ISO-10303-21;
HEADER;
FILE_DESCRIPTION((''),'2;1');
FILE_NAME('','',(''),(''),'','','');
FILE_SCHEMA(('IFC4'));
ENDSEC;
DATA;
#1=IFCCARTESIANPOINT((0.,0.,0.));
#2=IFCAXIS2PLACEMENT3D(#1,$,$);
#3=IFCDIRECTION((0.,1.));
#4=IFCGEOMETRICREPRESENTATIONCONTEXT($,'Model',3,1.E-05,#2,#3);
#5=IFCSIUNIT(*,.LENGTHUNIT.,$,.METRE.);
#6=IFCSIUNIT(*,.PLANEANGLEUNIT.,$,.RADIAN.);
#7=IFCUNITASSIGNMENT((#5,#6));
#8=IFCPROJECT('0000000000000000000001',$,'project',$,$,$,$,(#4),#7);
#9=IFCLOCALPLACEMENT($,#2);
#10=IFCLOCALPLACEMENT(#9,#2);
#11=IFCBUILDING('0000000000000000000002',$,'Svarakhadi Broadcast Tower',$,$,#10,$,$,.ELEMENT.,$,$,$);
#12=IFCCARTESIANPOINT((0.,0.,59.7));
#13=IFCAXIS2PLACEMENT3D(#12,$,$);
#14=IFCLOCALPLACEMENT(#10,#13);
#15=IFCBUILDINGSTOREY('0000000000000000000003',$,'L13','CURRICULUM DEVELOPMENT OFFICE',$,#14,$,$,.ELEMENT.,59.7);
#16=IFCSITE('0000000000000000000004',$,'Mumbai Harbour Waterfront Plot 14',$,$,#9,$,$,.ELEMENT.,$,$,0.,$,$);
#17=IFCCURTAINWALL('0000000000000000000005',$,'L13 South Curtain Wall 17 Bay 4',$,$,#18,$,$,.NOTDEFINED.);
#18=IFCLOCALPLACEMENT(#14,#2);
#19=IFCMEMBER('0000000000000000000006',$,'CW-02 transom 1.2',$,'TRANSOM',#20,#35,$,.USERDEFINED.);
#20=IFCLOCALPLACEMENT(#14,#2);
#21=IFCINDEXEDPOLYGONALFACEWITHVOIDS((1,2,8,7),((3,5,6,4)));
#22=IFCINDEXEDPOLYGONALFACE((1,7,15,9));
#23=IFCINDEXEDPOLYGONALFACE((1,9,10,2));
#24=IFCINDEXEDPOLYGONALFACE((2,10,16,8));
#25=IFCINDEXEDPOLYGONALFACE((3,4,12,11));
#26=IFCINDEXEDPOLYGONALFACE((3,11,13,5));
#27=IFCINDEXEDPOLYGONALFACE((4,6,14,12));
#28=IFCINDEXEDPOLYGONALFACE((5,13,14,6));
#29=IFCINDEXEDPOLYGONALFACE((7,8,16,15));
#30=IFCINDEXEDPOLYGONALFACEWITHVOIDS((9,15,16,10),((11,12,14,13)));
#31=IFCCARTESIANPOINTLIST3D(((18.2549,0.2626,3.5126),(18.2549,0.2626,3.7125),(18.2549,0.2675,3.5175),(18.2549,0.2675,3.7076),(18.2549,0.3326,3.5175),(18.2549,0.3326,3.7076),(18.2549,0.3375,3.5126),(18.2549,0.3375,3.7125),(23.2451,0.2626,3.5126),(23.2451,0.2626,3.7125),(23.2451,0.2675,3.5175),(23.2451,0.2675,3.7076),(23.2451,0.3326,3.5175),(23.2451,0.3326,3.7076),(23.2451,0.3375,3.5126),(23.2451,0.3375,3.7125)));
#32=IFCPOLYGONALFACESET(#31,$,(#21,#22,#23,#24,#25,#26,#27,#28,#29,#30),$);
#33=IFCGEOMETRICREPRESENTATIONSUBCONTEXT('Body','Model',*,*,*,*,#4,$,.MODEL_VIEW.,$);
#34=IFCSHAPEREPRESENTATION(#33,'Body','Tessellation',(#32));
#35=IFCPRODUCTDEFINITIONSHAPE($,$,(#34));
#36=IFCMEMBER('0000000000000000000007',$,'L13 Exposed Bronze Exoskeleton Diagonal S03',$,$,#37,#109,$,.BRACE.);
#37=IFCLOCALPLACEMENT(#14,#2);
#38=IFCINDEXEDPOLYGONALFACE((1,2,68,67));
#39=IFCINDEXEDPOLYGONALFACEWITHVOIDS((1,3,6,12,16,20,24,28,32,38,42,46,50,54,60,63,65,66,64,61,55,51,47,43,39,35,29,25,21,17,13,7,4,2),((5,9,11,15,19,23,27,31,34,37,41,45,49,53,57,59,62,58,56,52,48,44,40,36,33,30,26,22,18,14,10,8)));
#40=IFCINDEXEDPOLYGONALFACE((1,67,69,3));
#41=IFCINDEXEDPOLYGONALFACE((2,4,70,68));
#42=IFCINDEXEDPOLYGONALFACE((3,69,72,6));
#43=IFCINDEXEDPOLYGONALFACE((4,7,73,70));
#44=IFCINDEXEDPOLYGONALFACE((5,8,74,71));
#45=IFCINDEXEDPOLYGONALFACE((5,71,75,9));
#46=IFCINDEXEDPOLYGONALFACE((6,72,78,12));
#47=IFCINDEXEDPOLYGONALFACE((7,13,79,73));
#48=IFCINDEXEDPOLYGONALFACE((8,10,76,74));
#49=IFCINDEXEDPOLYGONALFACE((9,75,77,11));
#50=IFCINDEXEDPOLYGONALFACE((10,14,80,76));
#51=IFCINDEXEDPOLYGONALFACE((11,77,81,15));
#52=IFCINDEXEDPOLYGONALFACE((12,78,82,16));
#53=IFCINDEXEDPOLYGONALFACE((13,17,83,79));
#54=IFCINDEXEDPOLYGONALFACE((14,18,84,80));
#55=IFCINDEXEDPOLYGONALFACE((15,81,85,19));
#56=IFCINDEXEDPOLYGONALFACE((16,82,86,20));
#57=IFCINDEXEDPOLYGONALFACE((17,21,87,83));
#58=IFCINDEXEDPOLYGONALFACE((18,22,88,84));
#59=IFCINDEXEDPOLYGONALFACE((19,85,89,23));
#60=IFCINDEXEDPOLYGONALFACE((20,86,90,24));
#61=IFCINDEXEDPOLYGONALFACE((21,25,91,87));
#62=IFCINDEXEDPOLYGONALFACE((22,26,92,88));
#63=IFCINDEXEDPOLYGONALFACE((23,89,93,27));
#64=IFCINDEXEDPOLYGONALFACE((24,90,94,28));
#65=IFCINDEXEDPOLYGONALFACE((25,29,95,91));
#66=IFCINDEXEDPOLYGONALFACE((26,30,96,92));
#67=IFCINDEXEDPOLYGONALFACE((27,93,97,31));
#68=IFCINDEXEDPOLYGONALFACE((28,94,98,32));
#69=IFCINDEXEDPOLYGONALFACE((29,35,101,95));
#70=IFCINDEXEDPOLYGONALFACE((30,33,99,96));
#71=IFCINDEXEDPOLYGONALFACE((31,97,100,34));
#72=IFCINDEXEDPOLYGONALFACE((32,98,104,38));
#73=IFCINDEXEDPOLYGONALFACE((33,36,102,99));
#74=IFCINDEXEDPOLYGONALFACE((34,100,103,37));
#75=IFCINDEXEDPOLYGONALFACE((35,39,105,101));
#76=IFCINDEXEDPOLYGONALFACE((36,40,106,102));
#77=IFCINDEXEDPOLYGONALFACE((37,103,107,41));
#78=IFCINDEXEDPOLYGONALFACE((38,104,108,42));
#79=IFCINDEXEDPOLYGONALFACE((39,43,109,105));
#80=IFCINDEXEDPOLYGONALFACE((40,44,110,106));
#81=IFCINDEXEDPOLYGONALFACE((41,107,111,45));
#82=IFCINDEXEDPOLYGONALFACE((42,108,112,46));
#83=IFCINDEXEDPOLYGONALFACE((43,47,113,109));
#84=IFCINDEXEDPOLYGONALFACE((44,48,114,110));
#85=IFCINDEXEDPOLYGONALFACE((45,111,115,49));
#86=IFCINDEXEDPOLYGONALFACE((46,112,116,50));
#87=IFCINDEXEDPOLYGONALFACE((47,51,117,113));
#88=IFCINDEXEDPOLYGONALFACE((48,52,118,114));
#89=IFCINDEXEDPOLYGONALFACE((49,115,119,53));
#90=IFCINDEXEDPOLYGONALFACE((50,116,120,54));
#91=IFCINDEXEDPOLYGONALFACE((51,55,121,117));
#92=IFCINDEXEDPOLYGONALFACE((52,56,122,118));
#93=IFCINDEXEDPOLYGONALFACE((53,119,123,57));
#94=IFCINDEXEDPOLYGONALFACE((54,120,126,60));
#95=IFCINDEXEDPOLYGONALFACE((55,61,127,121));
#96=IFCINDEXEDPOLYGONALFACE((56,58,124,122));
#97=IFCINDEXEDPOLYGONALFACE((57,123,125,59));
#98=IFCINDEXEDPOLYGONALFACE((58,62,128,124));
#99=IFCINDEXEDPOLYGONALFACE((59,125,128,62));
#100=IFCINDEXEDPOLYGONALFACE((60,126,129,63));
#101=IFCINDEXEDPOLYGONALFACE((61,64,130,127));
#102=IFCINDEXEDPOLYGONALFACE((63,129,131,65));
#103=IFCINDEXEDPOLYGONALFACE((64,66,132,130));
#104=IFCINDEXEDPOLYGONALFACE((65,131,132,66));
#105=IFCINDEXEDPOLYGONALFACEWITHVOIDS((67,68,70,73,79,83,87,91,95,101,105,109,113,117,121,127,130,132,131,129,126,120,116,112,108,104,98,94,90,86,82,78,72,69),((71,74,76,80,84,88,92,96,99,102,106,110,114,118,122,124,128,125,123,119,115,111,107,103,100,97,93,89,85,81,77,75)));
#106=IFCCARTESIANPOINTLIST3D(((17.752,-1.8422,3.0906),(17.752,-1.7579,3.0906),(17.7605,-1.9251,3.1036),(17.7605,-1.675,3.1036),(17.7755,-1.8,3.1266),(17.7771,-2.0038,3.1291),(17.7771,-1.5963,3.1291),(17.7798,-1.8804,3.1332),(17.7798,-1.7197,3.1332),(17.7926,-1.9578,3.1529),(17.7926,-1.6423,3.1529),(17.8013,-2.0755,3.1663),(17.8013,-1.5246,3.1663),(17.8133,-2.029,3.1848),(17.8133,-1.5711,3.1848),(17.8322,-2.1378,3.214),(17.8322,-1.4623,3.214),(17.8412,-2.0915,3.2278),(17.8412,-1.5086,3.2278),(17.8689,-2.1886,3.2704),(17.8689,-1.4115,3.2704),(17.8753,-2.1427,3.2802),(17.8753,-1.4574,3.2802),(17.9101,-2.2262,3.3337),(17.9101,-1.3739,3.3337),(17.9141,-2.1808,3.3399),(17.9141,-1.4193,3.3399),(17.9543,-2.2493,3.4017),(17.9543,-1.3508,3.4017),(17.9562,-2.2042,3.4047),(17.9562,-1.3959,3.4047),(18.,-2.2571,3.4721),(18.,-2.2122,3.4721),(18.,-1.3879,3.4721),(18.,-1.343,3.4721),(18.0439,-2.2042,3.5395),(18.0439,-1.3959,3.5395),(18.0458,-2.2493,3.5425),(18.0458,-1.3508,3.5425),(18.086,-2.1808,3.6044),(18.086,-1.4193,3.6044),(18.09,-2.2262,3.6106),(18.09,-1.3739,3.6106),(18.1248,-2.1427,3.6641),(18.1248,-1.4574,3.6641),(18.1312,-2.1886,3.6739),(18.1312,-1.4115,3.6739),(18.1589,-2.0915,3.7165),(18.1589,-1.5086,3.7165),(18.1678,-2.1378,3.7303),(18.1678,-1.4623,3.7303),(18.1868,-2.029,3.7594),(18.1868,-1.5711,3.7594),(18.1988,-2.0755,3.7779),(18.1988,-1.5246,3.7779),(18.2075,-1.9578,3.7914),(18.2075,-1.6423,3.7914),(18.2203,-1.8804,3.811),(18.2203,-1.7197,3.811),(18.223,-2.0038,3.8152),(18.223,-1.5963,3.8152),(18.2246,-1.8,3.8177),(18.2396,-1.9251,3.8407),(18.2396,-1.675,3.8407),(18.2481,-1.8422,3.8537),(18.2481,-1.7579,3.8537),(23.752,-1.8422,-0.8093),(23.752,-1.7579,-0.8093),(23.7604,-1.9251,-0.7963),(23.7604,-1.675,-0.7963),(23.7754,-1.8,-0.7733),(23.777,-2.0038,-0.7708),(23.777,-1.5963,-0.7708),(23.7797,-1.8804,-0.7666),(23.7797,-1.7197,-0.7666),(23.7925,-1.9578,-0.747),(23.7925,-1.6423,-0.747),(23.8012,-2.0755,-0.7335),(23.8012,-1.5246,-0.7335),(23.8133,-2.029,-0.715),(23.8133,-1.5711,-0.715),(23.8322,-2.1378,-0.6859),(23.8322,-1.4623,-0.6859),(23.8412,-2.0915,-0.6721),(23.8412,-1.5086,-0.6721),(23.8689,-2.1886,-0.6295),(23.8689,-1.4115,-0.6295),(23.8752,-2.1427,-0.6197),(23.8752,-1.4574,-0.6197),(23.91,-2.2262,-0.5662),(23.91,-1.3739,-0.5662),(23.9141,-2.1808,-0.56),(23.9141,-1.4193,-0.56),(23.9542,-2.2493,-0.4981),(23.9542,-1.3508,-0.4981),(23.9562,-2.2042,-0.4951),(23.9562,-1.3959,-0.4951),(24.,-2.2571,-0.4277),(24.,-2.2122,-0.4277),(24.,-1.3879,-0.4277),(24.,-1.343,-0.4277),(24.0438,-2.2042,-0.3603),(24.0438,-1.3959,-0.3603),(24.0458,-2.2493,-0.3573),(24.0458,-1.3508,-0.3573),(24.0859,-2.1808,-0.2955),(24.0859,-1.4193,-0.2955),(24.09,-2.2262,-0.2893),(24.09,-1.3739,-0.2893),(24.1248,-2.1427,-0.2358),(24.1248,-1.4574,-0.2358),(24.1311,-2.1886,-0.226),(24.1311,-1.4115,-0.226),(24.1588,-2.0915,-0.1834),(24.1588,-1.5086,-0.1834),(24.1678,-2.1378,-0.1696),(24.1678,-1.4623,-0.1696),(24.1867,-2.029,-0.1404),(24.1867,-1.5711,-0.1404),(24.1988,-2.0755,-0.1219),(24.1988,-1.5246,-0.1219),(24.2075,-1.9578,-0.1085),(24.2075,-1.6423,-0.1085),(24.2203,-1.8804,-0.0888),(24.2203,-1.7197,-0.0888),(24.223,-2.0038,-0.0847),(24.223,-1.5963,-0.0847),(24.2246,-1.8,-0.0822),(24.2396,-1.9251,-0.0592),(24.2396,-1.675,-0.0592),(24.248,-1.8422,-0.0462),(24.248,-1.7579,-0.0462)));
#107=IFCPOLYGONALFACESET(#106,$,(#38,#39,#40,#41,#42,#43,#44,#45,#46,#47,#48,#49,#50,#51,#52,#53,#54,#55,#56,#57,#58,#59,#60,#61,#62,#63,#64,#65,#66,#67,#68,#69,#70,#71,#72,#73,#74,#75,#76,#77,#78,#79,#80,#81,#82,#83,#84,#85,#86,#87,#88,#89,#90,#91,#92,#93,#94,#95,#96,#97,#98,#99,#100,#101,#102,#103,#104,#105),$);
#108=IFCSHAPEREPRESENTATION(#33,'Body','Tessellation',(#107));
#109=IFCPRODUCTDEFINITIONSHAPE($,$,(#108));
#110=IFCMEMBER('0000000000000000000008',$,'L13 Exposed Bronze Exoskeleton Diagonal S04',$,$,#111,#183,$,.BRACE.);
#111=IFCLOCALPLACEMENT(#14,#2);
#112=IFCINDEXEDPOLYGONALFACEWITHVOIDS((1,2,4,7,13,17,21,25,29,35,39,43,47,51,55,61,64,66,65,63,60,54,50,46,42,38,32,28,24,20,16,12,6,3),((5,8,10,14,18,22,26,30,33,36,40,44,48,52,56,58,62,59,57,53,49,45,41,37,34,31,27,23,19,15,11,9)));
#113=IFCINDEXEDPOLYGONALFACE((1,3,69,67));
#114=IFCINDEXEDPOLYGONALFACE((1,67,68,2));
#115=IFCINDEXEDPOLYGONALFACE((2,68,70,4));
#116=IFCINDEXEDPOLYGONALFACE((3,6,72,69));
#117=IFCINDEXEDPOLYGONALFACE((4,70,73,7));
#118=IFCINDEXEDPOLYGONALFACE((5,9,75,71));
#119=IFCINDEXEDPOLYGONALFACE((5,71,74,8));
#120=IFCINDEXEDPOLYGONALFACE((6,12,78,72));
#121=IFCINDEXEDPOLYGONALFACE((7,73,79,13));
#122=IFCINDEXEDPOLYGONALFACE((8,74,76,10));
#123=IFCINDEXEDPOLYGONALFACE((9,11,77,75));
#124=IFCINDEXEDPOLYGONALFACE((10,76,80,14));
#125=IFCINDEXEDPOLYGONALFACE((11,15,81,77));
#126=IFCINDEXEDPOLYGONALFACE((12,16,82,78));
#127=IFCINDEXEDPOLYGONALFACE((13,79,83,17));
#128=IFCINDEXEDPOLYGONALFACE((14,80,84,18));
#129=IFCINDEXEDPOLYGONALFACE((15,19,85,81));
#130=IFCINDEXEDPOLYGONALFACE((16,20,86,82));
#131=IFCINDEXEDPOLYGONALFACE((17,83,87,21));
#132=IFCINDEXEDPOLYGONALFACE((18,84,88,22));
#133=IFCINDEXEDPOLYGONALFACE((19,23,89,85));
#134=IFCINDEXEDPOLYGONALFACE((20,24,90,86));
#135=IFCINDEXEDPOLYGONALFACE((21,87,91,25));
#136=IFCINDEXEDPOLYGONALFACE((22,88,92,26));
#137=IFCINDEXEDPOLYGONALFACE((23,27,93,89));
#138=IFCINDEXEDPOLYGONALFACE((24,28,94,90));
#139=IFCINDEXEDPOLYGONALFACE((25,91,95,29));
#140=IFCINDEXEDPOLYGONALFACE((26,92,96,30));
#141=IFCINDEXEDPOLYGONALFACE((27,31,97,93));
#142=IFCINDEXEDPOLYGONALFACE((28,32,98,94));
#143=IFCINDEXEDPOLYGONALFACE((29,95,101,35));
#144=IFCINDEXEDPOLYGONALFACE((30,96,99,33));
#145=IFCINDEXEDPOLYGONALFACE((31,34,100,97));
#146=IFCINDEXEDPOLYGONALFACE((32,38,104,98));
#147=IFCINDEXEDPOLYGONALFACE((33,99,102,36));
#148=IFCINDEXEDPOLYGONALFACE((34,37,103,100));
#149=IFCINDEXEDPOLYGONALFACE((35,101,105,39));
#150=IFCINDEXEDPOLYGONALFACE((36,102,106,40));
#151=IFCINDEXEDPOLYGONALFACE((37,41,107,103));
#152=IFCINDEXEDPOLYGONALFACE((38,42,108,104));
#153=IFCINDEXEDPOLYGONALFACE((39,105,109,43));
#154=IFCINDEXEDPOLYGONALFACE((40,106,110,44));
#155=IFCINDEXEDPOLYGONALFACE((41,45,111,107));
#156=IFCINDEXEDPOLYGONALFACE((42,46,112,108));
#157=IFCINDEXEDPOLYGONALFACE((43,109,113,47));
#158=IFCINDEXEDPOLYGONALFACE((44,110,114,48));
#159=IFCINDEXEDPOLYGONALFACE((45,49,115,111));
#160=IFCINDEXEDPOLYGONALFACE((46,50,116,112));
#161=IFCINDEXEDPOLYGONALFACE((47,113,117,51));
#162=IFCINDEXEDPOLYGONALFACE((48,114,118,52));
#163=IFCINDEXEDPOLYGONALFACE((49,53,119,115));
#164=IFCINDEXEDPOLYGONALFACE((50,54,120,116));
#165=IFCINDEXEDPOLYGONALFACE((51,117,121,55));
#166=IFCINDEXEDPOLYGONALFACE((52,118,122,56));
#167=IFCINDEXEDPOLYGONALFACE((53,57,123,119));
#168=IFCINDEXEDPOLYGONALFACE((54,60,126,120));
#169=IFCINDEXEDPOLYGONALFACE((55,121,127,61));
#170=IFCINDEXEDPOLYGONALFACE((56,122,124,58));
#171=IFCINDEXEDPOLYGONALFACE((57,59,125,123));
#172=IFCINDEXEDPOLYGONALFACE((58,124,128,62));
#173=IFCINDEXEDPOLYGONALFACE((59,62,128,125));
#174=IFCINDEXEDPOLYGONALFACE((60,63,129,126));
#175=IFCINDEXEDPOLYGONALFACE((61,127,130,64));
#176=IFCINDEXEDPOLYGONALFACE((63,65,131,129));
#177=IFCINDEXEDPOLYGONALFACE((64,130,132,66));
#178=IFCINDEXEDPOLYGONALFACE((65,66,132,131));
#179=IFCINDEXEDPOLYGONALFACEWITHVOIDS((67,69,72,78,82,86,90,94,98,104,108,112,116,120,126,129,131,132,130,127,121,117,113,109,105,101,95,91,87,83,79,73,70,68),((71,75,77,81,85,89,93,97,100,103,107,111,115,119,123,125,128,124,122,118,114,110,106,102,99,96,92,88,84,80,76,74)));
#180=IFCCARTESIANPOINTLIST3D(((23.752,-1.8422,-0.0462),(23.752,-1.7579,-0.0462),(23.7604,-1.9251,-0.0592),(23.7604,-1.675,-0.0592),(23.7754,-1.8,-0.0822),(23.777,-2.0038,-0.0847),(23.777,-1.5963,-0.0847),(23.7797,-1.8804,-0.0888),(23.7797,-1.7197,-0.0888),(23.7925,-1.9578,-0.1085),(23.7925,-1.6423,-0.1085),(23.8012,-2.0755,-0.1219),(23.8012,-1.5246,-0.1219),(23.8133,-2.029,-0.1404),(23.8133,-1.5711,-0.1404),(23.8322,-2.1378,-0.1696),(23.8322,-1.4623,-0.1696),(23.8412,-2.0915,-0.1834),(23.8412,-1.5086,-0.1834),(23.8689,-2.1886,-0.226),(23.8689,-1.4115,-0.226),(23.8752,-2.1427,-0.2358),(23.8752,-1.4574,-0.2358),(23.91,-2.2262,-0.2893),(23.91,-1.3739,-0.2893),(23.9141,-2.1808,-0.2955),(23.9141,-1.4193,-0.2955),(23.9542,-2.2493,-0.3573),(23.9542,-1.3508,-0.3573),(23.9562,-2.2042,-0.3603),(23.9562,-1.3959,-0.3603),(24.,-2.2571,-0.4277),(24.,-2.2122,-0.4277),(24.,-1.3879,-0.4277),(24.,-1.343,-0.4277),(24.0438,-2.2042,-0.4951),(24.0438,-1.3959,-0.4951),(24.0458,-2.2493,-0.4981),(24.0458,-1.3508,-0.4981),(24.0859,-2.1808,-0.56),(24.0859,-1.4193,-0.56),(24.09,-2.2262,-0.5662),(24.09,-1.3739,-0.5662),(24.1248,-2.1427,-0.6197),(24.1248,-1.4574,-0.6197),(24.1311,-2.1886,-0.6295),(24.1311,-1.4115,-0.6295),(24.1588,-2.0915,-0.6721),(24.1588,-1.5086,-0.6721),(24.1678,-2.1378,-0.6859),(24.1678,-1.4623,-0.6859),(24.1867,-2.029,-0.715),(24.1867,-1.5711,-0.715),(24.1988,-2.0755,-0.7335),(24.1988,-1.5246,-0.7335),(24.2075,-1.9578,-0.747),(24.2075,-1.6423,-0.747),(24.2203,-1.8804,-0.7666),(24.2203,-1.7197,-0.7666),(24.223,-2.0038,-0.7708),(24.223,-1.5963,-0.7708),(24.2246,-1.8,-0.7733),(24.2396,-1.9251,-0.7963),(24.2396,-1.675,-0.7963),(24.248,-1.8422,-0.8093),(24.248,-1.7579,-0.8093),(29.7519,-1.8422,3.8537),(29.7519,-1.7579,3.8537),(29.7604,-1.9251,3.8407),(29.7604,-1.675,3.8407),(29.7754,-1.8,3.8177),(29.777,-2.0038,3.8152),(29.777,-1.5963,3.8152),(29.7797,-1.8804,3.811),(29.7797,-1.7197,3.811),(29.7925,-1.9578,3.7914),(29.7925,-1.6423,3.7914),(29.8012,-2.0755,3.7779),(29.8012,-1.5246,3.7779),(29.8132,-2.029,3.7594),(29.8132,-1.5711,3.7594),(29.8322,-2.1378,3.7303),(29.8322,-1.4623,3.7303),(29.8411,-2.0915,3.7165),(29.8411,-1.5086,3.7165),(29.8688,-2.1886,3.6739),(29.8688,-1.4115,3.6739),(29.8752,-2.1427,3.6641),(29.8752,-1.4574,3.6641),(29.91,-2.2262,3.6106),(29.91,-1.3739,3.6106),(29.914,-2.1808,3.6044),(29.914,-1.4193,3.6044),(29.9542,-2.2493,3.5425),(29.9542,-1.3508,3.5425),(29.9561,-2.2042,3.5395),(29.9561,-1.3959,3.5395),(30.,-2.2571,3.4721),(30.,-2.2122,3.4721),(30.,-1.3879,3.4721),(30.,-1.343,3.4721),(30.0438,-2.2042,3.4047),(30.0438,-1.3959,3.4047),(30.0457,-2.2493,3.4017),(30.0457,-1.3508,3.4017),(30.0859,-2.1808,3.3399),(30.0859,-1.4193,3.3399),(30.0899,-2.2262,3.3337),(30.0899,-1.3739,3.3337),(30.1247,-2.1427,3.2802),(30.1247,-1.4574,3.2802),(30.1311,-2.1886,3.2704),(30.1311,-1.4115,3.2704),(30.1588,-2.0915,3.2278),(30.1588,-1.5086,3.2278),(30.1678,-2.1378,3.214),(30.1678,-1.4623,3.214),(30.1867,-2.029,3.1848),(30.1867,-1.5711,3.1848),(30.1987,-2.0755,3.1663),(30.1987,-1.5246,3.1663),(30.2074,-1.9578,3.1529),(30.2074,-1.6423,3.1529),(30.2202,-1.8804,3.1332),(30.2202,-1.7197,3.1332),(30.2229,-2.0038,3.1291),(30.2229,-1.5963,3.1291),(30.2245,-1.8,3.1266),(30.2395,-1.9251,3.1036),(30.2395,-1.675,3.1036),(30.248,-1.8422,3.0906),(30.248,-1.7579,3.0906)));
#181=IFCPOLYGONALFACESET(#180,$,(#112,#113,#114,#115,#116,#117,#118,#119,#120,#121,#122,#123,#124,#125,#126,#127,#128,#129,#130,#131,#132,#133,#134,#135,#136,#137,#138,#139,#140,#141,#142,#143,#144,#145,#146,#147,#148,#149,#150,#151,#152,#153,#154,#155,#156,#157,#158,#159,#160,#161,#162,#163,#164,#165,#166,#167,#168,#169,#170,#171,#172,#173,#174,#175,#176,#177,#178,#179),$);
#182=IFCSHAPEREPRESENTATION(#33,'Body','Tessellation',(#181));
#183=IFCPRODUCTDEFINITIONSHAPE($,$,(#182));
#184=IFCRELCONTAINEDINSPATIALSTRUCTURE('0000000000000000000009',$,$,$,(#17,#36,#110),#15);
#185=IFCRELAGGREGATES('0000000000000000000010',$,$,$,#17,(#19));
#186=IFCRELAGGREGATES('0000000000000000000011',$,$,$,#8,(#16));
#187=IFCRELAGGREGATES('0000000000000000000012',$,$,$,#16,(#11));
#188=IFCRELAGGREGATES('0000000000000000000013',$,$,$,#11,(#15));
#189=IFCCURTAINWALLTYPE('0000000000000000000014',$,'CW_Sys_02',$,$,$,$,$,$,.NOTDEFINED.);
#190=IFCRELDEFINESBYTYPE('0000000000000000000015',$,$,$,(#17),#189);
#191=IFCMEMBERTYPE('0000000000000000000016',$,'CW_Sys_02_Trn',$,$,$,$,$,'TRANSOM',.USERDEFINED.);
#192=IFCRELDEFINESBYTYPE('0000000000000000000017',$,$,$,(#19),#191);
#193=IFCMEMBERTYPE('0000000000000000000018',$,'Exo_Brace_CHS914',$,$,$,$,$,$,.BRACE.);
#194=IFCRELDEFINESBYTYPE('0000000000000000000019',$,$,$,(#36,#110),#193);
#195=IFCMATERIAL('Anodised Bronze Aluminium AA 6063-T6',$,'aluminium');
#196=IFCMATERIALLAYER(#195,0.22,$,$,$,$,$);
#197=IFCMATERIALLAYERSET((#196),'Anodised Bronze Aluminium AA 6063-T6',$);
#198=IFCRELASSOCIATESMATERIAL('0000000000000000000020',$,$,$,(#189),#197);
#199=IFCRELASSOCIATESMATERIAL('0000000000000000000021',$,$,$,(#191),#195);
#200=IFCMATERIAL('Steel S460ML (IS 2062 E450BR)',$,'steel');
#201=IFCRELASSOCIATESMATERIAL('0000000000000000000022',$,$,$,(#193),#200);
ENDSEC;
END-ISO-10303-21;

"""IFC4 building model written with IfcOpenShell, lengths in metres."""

from ifc_helpers import new_model, si_unit, direction, frame, origin, origin_2d, place, context, subcontext, project, spatial, hollow_rectangle, hollow_circle, extrude, material, layer, layer_set, material_profile, profile_set, type_object, element, aggregate, save


model = new_model("IFC4")

# Units and contexts
model_context = context("Model", 3, precision=1e-05, world=origin(), true_north=direction((0.0, 1.0)))
body_context = subcontext(model_context, "Body", "Model", "MODEL_VIEW")
ifc_project = project(units=[si_unit("LENGTHUNIT", "METRE"), si_unit("PLANEANGLEUNIT", "RADIAN")], contexts=[model_context])

# Site, building, storey
site_placement = place(None, origin())
site = spatial("IfcSite", under=ifc_project, at=site_placement, Name="Mumbai Harbour Waterfront Plot 14", CompositionType="ELEMENT", RefElevation=0.0)
building_placement = place(site_placement, origin())
building = spatial("IfcBuilding", under=site, at=building_placement, Name="Svarakhadi Broadcast Tower", CompositionType="ELEMENT")
storey_placement = place(building_placement, frame((0.0, 0.0, 59.7)))
storey = spatial("IfcBuildingStorey", under=building, at=storey_placement, Name="L13", Description="CURRICULUM DEVELOPMENT OFFICE", CompositionType="ELEMENT", Elevation=59.7)

# Shared definitions
ifc_material_1 = material(Name="Anodised Bronze Aluminium AA 6063-T6", Category="aluminium")
ifc_layer_1 = layer(ifc_material_1, 0.22)
ifc_layer_set_1 = layer_set([ifc_layer_1], Name="Anodised Bronze Aluminium AA 6063-T6")
curtain_wall_type = type_object("IfcCurtainWallType", Name="CW_Sys_02", PredefinedType="NOTDEFINED", material=ifc_layer_set_1)

# Curtain wall, member
curtain_wall_1_placement = place(storey_placement, origin())
curtain_wall_1 = element("IfcCurtainWall", 1, at=curtain_wall_1_placement, inside=storey, type_object=curtain_wall_type, Name="L13 South Curtain Wall 17 Bay 4", PredefinedType="NOTDEFINED")
ifc_material_profile_1 = material_profile(ifc_material_1, hollow_rectangle(XDim=0.075, YDim=0.2, WallThickness=0.0049, at=origin_2d()), Name="ALU TRANSOM 200x75x5")
ifc_profile_set_1 = profile_set([ifc_material_profile_1], Name="Anodised Bronze Aluminium AA 6063-T6")
member_type_1 = type_object("IfcMemberType", Name="CW_Sys_02_Trn", ElementType="TRANSOM", PredefinedType="USERDEFINED", material=ifc_profile_set_1)
member_1_placement = place(storey_placement, frame((23.2451, 0.3, 3.6125), z_axis=(-1.0, 0.0, 0.0), x_axis=(0.0, -1.0, 0.0)))
member_1 = element("IfcMember", 2, at=member_1_placement, type_object=member_type_1, Name="CW-02 transom 1.2", ObjectType="TRANSOM", PredefinedType="USERDEFINED", context=body_context, shape_type="SweptSolid", body=[
    extrude(hollow_rectangle(XDim=0.075, YDim=0.2, WallThickness=0.0049, at=origin_2d()), origin(), (0.0, 0.0, 1.0), 4.9902),
])

# Members
ifc_material_2 = material(Name="Steel S460ML (IS 2062 E450BR)", Category="steel")
ifc_material_profile_2 = material_profile(ifc_material_2, hollow_circle(Radius=0.457, WallThickness=0.0449, at=origin_2d()), Name="CHS 914x45")
ifc_profile_set_2 = profile_set([ifc_material_profile_2], Name="Steel S460ML (IS 2062 E450BR)")
member_type_2 = type_object("IfcMemberType", Name="Exo_Brace_CHS914", PredefinedType="BRACE", material=ifc_profile_set_2)
for number, where, z_axis, x_axis, name in (
    (3, (24.0, -1.8, -0.4277), (-0.83845, 0.0, 0.544979), (0.0, -1.0, 0.0), "L13 Exposed Bronze Exoskeleton Diagonal S03"),
    (4, (24.0, -1.8, -0.4277), (0.83845, 0.0, 0.544979), (0.0, 1.0, 0.0), "L13 Exposed Bronze Exoskeleton Diagonal S04"),
):
    element("IfcMember", number, at=place(storey_placement, frame(where, z_axis=z_axis, x_axis=x_axis)), inside=storey, type_object=member_type_2, Name=name, PredefinedType="BRACE", context=body_context, shape_type="SweptSolid", body=[
        extrude(hollow_circle(Radius=0.457, WallThickness=0.0449, at=origin_2d()), origin(), (0.0, 0.0, 1.0), 7.156),
    ])

aggregate(curtain_wall_1, [member_1])

save(model, "model.ifc")
